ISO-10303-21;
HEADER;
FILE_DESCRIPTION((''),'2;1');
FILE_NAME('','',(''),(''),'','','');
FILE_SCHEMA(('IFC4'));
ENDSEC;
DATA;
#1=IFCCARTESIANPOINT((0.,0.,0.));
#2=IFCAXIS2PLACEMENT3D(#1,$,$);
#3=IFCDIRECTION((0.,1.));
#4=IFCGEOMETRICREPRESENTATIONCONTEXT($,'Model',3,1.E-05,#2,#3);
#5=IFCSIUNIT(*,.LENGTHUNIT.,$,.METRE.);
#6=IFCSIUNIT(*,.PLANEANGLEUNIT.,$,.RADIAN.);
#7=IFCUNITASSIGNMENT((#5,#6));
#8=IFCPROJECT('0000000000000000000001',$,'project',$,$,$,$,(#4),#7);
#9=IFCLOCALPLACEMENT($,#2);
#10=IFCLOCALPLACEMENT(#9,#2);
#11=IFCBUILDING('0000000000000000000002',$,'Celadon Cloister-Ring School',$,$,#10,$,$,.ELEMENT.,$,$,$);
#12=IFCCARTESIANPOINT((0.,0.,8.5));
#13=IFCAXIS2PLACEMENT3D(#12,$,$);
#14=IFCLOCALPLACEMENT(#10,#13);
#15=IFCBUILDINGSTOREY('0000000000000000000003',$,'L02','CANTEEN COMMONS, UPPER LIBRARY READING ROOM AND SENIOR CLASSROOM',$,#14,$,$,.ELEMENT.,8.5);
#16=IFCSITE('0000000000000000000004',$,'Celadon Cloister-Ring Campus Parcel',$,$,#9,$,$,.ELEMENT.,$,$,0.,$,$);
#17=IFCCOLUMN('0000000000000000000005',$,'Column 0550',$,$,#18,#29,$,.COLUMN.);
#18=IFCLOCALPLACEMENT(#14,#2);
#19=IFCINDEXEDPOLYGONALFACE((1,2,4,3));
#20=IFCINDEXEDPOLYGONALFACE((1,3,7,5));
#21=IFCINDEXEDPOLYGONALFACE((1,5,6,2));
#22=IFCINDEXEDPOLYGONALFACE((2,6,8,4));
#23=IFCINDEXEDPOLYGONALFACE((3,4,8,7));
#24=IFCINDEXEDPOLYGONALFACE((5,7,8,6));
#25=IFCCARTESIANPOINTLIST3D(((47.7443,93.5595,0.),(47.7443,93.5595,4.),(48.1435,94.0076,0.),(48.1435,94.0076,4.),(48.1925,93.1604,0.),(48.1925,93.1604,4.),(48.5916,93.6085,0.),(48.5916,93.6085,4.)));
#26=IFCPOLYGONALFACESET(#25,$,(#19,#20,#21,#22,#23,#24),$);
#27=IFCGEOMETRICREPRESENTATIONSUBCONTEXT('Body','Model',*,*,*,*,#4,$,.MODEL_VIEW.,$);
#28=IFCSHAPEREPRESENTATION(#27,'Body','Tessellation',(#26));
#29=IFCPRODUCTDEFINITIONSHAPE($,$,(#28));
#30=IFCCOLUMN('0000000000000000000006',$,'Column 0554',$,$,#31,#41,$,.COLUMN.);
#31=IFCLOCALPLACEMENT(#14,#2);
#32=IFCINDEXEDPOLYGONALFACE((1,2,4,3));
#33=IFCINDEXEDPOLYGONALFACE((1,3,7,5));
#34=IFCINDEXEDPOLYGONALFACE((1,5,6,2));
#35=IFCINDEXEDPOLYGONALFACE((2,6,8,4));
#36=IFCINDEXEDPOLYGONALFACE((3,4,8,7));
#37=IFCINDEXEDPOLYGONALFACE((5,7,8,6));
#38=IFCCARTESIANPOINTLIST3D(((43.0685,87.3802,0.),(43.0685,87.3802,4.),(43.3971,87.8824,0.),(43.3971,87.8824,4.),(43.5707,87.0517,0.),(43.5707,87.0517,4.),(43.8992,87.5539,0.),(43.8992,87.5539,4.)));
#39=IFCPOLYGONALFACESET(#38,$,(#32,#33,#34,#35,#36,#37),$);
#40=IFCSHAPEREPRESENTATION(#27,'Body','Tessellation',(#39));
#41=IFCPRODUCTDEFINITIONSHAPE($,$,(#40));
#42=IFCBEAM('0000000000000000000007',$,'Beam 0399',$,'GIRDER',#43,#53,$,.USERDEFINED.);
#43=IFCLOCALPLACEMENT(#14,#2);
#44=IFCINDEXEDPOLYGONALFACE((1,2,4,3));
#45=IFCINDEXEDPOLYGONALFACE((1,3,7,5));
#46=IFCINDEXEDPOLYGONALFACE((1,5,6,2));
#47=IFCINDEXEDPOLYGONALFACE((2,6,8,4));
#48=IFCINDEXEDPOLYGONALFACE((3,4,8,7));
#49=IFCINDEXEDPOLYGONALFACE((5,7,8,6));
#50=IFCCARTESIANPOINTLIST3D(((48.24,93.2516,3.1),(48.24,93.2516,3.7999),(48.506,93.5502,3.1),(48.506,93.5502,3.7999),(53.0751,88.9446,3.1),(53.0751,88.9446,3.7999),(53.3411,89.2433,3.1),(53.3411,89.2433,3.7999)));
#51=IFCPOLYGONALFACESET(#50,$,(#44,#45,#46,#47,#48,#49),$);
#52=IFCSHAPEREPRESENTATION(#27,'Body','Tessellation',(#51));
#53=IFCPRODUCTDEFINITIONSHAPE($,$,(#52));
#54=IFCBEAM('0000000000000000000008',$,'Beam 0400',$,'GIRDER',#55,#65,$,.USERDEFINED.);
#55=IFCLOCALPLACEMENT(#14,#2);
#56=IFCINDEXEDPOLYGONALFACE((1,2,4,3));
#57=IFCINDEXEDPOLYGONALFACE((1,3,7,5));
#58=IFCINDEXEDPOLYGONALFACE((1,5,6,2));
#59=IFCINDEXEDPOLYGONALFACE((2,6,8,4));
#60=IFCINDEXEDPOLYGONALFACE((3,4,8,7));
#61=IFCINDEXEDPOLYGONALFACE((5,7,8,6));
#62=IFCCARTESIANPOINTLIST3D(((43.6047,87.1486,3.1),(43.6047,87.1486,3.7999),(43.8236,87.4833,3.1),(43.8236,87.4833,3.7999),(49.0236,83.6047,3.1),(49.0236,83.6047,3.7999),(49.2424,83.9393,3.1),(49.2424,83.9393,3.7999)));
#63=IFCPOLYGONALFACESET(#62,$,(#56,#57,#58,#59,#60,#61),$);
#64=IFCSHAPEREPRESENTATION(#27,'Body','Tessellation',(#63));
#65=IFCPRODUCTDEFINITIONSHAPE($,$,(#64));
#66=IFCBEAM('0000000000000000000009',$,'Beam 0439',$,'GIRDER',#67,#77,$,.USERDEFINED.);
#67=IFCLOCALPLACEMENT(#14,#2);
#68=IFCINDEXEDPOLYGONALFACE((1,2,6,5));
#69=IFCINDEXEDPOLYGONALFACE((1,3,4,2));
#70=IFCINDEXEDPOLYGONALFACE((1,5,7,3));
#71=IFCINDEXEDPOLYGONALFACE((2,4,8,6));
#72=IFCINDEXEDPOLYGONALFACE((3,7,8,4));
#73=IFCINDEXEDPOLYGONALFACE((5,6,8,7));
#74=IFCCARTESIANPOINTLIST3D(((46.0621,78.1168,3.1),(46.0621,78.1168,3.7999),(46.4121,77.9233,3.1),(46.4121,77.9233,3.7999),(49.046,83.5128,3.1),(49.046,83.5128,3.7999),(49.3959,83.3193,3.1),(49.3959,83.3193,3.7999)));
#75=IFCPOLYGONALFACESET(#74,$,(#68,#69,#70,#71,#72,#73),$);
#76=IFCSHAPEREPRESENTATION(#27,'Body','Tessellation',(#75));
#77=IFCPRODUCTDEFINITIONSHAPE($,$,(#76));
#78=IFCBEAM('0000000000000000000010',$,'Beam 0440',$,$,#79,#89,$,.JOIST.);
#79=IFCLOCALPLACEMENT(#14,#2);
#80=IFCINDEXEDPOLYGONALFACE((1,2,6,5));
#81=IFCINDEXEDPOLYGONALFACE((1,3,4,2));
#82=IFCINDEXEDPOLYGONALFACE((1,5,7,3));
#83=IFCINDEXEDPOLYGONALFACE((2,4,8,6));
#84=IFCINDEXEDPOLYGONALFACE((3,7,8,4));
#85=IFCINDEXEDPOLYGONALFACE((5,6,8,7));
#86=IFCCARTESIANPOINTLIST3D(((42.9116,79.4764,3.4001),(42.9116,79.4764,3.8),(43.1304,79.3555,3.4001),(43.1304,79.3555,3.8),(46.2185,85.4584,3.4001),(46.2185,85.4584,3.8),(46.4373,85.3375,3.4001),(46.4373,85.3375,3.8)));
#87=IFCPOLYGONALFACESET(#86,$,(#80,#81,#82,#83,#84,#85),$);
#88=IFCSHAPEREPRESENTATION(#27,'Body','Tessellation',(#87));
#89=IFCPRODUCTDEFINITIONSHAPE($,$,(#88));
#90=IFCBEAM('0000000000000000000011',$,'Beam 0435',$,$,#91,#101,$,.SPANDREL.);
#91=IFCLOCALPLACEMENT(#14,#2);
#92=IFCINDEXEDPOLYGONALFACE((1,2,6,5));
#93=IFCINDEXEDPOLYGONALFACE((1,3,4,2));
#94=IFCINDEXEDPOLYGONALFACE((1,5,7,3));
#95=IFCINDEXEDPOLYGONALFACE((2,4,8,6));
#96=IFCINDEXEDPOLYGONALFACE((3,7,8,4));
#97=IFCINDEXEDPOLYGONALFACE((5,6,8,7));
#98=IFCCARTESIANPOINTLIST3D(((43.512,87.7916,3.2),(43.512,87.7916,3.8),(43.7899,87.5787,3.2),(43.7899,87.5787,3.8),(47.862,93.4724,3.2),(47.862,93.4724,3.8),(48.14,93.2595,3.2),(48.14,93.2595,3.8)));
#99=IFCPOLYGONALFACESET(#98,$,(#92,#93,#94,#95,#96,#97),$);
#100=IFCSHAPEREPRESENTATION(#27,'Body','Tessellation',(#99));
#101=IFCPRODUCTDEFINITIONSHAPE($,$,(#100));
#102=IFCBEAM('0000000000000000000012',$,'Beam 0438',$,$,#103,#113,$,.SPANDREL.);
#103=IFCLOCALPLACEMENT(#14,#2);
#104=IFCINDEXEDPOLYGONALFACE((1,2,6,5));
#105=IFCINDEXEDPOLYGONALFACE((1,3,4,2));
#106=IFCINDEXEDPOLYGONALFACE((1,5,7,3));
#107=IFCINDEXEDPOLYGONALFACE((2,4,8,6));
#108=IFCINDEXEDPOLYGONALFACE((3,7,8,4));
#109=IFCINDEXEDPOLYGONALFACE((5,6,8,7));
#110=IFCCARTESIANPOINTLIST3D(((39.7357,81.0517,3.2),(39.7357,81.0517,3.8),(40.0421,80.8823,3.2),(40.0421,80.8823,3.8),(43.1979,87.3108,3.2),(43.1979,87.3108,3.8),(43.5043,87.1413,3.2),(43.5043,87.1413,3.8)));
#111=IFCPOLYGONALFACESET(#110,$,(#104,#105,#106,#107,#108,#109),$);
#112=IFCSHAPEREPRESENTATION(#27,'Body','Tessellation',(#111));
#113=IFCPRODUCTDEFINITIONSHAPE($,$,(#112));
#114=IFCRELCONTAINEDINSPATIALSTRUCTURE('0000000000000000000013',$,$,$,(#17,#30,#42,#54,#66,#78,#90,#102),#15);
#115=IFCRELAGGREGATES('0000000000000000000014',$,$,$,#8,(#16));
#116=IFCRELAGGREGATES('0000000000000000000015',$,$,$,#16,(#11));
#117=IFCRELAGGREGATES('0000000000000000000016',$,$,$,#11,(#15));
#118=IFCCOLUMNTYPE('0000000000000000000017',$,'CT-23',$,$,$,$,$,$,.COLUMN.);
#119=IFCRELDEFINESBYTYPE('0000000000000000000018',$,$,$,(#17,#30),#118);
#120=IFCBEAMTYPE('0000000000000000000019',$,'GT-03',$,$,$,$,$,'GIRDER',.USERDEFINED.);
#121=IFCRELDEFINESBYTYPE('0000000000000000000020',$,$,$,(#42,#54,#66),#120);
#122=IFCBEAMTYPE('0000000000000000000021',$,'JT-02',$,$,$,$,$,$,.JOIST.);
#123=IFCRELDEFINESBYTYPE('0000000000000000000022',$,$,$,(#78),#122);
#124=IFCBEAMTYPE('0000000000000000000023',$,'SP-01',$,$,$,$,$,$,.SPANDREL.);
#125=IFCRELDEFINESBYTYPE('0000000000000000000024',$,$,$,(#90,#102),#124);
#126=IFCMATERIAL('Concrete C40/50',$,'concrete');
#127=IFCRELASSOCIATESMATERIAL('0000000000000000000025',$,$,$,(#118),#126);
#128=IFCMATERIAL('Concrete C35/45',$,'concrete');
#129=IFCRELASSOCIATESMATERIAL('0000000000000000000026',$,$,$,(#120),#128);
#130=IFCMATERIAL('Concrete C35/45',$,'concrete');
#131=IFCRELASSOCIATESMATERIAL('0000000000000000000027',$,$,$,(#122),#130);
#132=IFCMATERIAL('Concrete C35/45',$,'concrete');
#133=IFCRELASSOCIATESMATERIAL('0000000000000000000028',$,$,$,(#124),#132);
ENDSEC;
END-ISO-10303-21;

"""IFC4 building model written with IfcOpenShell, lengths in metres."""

from ifc_helpers import new_model, si_unit, direction, frame, origin, origin_2d, place, context, subcontext, project, spatial, rectangle, extrude, material, material_profile, profile_set, type_object, element, save


model = new_model("IFC4")

# Units and contexts
model_context = context("Model", 3, precision=1e-05, world=origin(), true_north=direction((0.0, 1.0)))
body_context = subcontext(model_context, "Body", "Model", "MODEL_VIEW")
ifc_project = project(units=[si_unit("LENGTHUNIT", "METRE"), si_unit("PLANEANGLEUNIT", "RADIAN")], contexts=[model_context])

# Site, building, storey
site_placement = place(None, origin())
site = spatial("IfcSite", under=ifc_project, at=site_placement, Name="Celadon Cloister-Ring Campus Parcel", CompositionType="ELEMENT", RefElevation=0.0)
building_placement = place(site_placement, origin())
building = spatial("IfcBuilding", under=site, at=building_placement, Name="Celadon Cloister-Ring School", CompositionType="ELEMENT")
storey_placement = place(building_placement, frame((0.0, 0.0, 8.5)))
storey = spatial("IfcBuildingStorey", under=building, at=storey_placement, Name="L02", Description="CANTEEN COMMONS, UPPER LIBRARY READING ROOM AND SENIOR CLASSROOM", CompositionType="ELEMENT", Elevation=8.5)

# Columns
ifc_material_1 = material(Name="Concrete C40/50", Category="concrete")
ifc_material_profile_1 = material_profile(ifc_material_1, rectangle(XDim=0.6001, YDim=0.6001, at=origin_2d()), Name="RC600X600")
ifc_profile_set_1 = profile_set([ifc_material_profile_1], Name="Concrete C40/50")
column_type = type_object("IfcColumnType", Name="CT-23", PredefinedType="COLUMN", material=ifc_profile_set_1)
for number, where, z_axis, x_axis, name in (
    (1, (48.168, 93.584, 0.0), (0.0, 0.0, 1.0), (-0.746777, 0.665074, 0.0), "Column 0550"),
    (2, (43.4839, 87.467, 0.0), (0.0, 0.0, 1.0), (-0.836841, 0.547446, 0.0), "Column 0554"),
):
    element("IfcColumn", number, at=place(storey_placement, frame(where, z_axis=z_axis, x_axis=x_axis)), inside=storey, type_object=column_type, Name=name, PredefinedType="COLUMN", context=body_context, shape_type="SweptSolid", body=[
        extrude(rectangle(XDim=0.6001, YDim=0.6001, at=origin_2d()), origin(), (0.0, 0.0, 1.0), 4.0),
    ])

# Beams
ifc_material_2 = material(Name="Concrete C35/45", Category="concrete")
ifc_material_profile_2 = material_profile(ifc_material_2, rectangle(XDim=0.3999, YDim=0.7, at=origin_2d()), Name="RC400X700")
ifc_profile_set_2 = profile_set([ifc_material_profile_2], Name="Concrete C35/45")
beam_type_1 = type_object("IfcBeamType", Name="GT-03", ElementType="GIRDER", PredefinedType="USERDEFINED", material=ifc_profile_set_2)
beam_1_placement = place(storey_placement, frame((48.373, 93.4009, 3.45), z_axis=(0.746708, -0.665152, 0.0), x_axis=(0.665152, 0.746708, 0.0)))
element("IfcBeam", 3, at=beam_1_placement, inside=storey, type_object=beam_type_1, Name="Beam 0399", ObjectType="GIRDER", PredefinedType="USERDEFINED", context=body_context, shape_type="SweptSolid", body=[
    extrude(rectangle(XDim=0.3999, YDim=0.7, at=origin_2d()), origin(), (0.0, 0.0, 1.0), 6.4751),
])
beam_2_placement = place(storey_placement, frame((43.7141, 87.3159, 3.45), z_axis=(0.836914, -0.547335, 0.0), x_axis=(0.547335, 0.836914, 0.0)))
element("IfcBeam", 4, at=beam_2_placement, inside=storey, type_object=beam_type_1, Name="Beam 0400", ObjectType="GIRDER", PredefinedType="USERDEFINED", context=body_context, shape_type="SweptSolid", body=[
    extrude(rectangle(XDim=0.3999, YDim=0.7, at=origin_2d()), origin(), (0.0, 0.0, 1.0), 6.4749),
])
beam_3_placement = place(storey_placement, frame((49.2209, 83.416, 3.45), z_axis=(-0.483921, -0.875112, 0.0), x_axis=(0.875112, -0.483921, 0.0)))
element("IfcBeam", 5, at=beam_3_placement, inside=storey, type_object=beam_type_1, Name="Beam 0439", ObjectType="GIRDER", PredefinedType="USERDEFINED", context=body_context, shape_type="SweptSolid", body=[
    extrude(rectangle(XDim=0.3999, YDim=0.7, at=origin_2d()), origin(), (0.0, 0.0, 1.0), 6.166),
])
ifc_material_3 = material(Name="Concrete C35/45", Category="concrete")
ifc_material_profile_3 = material_profile(ifc_material_3, rectangle(XDim=0.25, YDim=0.3999, at=origin_2d()), Name="RC250X400")
ifc_profile_set_3 = profile_set([ifc_material_profile_3], Name="Concrete C35/45")
beam_type_2 = type_object("IfcBeamType", Name="JT-02", PredefinedType="JOIST", material=ifc_profile_set_3)
beam_4_placement = place(storey_placement, frame((46.3279, 85.3979, 3.6001), z_axis=(-0.483807, -0.875175, 0.0), x_axis=(0.875175, -0.483807, 0.0)))
element("IfcBeam", 6, at=beam_4_placement, inside=storey, type_object=beam_type_2, Name="Beam 0440", PredefinedType="JOIST", context=body_context, shape_type="SweptSolid", body=[
    extrude(rectangle(XDim=0.25, YDim=0.3999, at=origin_2d()), origin(), (0.0, 0.0, 1.0), 6.8352),
])
ifc_material_4 = material(Name="Concrete C35/45", Category="concrete")
ifc_material_profile_4 = material_profile(ifc_material_4, rectangle(XDim=0.3501, YDim=0.6001, at=origin_2d()), Name="RC350X600")
ifc_profile_set_4 = profile_set([ifc_material_profile_4], Name="Concrete C35/45")
beam_type_3 = type_object("IfcBeamType", Name="SP-01", PredefinedType="SPANDREL", material=ifc_profile_set_4)
beam_5_placement = place(storey_placement, frame((48.001, 93.366, 3.5), z_axis=(-0.607968, -0.793962, 0.0), x_axis=(0.793962, -0.607968, 0.0)))
element("IfcBeam", 7, at=beam_5_placement, inside=storey, type_object=beam_type_3, Name="Beam 0435", PredefinedType="SPANDREL", context=body_context, shape_type="SweptSolid", body=[
    extrude(rectangle(XDim=0.3501, YDim=0.6001, at=origin_2d()), origin(), (0.0, 0.0, 1.0), 7.155),
])
beam_6_placement = place(storey_placement, frame((43.3511, 87.2261, 3.5), z_axis=(-0.484031, -0.875051, 0.0), x_axis=(0.875051, -0.484031, 0.0)))
element("IfcBeam", 8, at=beam_6_placement, inside=storey, type_object=beam_type_3, Name="Beam 0438", PredefinedType="SPANDREL", context=body_context, shape_type="SweptSolid", body=[
    extrude(rectangle(XDim=0.3501, YDim=0.6001, at=origin_2d()), origin(), (0.0, 0.0, 1.0), 7.1528),
])

save(model, "model.ifc")
